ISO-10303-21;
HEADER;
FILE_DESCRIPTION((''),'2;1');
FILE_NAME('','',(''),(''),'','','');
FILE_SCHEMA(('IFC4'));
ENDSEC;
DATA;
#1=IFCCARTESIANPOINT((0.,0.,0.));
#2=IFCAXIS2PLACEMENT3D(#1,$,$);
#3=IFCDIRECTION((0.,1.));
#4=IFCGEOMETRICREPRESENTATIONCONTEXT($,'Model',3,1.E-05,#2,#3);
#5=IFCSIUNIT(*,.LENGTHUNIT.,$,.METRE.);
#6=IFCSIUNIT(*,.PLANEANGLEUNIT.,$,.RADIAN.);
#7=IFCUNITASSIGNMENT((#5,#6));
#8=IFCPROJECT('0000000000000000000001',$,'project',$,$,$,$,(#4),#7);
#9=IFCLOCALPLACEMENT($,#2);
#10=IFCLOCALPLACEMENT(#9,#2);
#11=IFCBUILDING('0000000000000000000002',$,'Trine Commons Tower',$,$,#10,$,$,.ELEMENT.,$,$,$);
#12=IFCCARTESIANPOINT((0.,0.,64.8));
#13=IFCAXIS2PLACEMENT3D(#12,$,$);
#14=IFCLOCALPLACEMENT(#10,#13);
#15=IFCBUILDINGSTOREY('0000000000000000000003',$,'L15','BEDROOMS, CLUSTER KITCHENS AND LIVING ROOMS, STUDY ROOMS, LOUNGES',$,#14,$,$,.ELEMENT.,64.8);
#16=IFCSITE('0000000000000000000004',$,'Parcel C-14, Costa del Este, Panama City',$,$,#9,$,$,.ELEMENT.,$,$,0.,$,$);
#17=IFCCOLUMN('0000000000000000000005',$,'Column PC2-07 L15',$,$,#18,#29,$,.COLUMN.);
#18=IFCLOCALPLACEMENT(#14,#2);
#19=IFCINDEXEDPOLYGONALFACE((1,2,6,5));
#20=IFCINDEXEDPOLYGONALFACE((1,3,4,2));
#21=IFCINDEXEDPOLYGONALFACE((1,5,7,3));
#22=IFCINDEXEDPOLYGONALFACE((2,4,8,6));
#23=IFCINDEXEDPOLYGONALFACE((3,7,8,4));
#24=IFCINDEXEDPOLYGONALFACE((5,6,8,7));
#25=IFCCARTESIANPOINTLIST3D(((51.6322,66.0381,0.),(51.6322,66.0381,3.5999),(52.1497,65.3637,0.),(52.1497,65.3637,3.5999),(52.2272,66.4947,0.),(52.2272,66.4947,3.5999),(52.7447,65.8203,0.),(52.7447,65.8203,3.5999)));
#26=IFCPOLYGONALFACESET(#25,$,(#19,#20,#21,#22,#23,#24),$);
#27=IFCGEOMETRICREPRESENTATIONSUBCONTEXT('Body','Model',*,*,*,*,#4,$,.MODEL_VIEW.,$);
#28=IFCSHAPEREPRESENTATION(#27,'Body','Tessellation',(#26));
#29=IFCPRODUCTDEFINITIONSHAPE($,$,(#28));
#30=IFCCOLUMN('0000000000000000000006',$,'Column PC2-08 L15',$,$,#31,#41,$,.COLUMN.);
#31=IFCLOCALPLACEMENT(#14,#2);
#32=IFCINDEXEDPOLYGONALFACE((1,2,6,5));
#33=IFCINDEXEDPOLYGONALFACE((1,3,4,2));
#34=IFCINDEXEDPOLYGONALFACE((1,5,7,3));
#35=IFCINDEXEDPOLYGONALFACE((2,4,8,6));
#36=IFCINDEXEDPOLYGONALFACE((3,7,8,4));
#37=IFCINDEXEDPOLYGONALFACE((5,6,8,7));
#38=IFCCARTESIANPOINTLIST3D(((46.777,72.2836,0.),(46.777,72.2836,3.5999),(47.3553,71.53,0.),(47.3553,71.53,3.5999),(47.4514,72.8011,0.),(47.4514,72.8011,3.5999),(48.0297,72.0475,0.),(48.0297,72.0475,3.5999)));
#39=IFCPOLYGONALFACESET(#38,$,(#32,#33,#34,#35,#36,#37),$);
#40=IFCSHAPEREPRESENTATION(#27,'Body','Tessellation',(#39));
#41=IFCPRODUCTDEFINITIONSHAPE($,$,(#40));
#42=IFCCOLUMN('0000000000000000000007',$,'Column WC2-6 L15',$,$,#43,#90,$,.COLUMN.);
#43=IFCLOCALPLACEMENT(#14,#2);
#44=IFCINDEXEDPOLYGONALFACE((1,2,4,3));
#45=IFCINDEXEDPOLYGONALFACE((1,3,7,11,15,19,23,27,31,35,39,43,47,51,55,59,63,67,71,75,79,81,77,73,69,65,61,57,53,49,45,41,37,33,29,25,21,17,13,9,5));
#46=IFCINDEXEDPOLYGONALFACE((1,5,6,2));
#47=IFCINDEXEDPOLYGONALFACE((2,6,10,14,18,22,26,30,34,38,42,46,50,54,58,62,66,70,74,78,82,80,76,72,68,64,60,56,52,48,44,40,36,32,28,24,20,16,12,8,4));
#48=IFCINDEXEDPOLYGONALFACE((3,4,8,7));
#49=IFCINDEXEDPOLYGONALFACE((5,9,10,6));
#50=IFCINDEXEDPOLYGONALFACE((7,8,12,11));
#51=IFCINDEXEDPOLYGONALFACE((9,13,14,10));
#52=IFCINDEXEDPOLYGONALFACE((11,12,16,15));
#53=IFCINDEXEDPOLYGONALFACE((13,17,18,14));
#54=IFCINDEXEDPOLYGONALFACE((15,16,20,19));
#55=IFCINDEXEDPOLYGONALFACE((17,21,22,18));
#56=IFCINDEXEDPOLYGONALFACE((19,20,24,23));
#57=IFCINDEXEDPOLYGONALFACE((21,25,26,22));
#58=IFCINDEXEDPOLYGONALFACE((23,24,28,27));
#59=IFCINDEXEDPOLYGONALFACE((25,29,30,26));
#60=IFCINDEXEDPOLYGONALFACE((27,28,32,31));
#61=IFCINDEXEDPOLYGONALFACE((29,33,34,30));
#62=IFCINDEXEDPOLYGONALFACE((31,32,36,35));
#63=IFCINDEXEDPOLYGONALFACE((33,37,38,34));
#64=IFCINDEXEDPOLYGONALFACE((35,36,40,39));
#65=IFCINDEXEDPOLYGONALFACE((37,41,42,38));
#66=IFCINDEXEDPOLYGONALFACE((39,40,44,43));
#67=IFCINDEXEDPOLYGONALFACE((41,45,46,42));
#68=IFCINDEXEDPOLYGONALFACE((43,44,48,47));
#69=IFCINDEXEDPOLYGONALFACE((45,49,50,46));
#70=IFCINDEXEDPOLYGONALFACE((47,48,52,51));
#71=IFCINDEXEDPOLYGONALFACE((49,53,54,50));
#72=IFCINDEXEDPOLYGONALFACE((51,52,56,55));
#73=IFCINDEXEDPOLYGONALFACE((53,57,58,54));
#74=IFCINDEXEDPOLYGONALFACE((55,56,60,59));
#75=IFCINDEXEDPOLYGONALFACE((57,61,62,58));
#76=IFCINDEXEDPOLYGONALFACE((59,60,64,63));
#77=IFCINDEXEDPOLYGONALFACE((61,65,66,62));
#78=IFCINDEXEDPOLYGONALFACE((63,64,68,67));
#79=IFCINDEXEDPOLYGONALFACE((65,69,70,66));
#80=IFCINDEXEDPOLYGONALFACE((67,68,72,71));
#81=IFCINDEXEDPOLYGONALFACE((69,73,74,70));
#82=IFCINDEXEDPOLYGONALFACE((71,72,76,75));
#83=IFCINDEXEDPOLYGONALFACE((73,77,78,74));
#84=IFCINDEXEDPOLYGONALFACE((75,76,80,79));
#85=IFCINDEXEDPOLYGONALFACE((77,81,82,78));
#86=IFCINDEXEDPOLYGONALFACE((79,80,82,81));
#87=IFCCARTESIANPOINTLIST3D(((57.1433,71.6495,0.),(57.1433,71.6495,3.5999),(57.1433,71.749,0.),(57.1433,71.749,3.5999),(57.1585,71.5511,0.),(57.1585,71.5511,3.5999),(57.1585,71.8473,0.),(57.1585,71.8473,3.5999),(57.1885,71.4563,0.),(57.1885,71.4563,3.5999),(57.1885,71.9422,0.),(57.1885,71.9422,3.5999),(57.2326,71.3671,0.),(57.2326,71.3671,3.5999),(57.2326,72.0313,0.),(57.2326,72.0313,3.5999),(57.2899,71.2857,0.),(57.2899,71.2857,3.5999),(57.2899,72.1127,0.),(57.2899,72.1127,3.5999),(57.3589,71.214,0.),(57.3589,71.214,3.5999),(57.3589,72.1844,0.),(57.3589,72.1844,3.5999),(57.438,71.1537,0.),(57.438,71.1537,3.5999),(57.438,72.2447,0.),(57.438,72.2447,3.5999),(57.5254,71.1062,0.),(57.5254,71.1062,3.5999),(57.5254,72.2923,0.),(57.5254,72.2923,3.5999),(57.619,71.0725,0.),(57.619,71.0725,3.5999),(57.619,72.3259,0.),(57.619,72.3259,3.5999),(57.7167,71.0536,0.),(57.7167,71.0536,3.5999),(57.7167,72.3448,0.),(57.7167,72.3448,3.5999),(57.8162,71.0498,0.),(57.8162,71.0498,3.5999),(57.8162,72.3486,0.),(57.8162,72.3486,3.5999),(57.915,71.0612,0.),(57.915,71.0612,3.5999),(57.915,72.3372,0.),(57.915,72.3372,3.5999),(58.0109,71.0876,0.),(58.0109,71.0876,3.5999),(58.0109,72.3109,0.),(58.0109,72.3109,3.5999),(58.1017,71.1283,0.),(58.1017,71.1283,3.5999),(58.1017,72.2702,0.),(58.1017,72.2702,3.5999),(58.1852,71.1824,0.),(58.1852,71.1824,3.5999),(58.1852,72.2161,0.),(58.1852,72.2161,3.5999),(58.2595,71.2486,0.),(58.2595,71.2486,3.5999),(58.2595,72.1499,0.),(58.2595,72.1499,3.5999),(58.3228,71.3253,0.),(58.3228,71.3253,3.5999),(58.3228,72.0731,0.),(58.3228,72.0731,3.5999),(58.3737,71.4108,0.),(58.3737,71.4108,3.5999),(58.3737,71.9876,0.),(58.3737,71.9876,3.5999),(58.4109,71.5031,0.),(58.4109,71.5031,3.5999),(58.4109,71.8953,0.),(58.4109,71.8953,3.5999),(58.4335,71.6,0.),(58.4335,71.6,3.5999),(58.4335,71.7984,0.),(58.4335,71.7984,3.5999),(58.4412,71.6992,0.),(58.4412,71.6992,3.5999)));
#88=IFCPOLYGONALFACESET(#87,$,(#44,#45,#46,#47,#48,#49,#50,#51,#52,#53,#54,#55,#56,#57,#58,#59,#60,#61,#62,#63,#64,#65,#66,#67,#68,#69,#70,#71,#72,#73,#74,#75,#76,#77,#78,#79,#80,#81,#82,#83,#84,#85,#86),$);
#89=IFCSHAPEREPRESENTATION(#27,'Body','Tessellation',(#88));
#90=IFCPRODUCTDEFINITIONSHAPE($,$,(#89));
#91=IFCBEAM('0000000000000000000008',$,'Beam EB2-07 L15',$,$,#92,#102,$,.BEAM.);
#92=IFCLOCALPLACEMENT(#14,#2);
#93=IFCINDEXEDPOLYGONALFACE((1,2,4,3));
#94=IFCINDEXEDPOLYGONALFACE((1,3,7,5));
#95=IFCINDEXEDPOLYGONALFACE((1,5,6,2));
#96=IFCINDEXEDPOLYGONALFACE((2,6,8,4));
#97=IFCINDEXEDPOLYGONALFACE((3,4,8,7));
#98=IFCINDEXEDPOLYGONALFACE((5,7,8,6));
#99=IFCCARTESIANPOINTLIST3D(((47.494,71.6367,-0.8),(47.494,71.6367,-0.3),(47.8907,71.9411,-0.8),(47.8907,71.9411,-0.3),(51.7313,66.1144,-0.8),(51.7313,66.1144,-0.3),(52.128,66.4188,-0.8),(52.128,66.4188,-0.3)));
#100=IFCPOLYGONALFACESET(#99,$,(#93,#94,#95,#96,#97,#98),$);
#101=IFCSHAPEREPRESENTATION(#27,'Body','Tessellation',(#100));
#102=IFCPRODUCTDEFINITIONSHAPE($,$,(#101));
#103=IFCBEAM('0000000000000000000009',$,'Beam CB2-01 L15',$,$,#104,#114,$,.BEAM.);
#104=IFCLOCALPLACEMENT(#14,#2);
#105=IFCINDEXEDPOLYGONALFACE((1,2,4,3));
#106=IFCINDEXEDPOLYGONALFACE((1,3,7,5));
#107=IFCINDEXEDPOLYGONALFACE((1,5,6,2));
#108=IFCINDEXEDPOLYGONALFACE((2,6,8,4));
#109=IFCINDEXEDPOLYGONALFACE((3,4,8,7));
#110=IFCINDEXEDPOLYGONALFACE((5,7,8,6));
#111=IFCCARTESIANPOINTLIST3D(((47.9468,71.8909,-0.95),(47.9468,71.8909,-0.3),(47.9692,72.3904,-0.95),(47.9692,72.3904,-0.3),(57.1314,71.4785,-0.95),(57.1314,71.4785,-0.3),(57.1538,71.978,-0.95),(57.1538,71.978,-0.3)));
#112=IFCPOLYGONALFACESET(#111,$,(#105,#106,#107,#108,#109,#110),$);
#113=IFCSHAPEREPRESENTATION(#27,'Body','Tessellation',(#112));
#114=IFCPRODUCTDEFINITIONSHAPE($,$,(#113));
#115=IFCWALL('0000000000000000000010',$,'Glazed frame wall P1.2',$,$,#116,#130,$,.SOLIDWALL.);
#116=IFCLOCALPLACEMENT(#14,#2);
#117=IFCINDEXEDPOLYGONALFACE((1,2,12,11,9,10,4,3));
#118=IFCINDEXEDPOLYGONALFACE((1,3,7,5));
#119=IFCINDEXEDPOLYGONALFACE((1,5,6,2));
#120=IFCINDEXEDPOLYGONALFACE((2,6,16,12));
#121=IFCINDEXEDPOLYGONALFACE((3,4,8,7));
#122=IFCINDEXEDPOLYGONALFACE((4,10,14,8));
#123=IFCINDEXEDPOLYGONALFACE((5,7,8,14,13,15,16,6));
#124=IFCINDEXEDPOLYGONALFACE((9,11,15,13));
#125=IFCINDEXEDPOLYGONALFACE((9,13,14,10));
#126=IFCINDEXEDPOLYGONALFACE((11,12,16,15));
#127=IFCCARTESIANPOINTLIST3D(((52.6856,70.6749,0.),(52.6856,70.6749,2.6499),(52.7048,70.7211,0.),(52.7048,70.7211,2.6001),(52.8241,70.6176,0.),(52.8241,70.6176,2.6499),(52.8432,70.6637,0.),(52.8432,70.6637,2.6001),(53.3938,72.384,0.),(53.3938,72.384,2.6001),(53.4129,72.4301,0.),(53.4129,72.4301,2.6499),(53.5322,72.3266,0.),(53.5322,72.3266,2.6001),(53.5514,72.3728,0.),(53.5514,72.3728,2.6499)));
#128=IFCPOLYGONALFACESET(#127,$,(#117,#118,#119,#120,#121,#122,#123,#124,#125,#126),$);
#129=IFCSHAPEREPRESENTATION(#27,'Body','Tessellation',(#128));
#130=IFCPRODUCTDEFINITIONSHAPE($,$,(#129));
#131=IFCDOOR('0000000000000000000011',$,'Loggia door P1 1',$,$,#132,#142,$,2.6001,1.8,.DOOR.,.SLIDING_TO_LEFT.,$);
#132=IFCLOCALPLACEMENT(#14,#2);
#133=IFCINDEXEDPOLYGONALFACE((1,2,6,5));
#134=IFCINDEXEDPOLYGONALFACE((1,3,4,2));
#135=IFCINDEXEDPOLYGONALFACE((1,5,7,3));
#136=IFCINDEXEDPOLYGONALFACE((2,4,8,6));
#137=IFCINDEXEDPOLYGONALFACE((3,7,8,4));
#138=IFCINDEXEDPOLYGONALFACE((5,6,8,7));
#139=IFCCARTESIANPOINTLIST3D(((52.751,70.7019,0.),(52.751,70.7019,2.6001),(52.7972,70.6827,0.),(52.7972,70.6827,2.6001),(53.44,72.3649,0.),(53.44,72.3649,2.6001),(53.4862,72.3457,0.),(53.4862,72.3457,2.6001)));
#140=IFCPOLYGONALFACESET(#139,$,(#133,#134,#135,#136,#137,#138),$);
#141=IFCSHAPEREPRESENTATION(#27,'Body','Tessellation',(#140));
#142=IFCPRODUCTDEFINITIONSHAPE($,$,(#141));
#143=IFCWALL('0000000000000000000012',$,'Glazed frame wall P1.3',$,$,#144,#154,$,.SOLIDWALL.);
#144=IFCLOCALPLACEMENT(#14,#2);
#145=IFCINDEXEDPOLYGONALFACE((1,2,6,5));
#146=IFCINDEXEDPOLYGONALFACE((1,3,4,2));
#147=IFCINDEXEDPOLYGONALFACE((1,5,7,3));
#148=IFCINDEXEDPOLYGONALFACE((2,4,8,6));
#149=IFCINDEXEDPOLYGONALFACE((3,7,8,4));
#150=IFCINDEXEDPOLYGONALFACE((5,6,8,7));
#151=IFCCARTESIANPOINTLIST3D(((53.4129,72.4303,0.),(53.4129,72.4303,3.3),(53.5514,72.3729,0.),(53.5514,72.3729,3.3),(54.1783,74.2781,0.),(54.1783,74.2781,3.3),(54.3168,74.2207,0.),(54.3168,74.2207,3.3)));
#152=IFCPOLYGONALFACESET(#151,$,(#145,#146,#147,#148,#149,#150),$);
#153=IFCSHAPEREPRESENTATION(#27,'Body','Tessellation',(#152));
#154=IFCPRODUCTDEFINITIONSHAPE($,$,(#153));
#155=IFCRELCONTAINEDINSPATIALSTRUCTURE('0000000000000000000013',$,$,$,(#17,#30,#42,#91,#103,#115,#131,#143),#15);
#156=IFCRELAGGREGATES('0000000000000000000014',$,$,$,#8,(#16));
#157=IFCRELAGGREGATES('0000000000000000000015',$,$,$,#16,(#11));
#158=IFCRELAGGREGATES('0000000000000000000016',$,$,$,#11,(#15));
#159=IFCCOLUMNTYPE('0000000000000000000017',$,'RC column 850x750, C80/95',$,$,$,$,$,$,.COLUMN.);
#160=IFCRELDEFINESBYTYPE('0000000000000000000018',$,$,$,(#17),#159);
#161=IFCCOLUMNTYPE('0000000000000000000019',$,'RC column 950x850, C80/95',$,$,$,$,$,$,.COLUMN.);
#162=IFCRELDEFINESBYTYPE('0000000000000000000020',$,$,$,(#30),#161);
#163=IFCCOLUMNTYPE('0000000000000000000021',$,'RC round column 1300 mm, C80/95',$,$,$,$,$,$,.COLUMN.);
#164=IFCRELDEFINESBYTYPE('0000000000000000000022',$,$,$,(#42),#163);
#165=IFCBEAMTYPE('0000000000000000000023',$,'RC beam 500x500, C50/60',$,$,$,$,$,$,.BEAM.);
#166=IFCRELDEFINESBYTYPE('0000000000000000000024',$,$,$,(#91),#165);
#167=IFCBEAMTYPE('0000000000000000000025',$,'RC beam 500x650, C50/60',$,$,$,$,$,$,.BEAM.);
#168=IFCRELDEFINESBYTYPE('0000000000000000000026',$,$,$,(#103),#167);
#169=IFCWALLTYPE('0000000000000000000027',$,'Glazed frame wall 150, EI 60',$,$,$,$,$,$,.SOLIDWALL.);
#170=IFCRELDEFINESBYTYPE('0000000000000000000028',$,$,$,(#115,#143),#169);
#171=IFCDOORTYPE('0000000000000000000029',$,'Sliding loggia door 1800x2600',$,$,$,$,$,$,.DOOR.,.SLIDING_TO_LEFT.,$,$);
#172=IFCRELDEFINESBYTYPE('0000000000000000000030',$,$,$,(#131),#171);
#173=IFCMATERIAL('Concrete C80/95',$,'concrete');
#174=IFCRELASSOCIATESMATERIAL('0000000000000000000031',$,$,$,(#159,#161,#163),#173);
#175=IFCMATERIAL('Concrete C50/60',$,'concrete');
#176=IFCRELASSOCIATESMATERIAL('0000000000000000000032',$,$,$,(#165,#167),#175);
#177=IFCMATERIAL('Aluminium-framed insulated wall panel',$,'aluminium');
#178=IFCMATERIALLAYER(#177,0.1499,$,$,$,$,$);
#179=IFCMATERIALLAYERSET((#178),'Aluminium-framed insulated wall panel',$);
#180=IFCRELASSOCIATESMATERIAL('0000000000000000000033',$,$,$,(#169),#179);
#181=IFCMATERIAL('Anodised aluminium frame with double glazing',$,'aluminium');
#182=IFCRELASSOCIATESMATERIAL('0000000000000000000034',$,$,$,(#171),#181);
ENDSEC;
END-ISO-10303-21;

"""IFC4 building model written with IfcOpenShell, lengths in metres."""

from ifc_helpers import new_model, si_unit, direction, frame, frame_2d, origin, origin_2d, place, context, subcontext, project, spatial, polyline, rectangle, circle, outline, extrude, material, layer, layer_set, material_profile, profile_set, type_object, element, fill, save


model = new_model("IFC4")

# Units and contexts
model_context = context("Model", 3, precision=1e-05, world=origin(), true_north=direction((0.0, 1.0)))
body_context = subcontext(model_context, "Body", "Model", "MODEL_VIEW")
ifc_project = project(units=[si_unit("LENGTHUNIT", "METRE"), si_unit("PLANEANGLEUNIT", "RADIAN")], contexts=[model_context])

# Site, building, storey
site_placement = place(None, origin())
site = spatial("IfcSite", under=ifc_project, at=site_placement, Name="Parcel C-14, Costa del Este, Panama City", CompositionType="ELEMENT", RefElevation=0.0)
building_placement = place(site_placement, origin())
building = spatial("IfcBuilding", under=site, at=building_placement, Name="Trine Commons Tower", CompositionType="ELEMENT")
storey_placement = place(building_placement, frame((0.0, 0.0, 64.8)))
storey = spatial("IfcBuildingStorey", under=building, at=storey_placement, Name="L15", Description="BEDROOMS, CLUSTER KITCHENS AND LIVING ROOMS, STUDY ROOMS, LOUNGES", CompositionType="ELEMENT", Elevation=64.8)

# Columns
ifc_material_1 = material(Name="Concrete C80/95", Category="concrete")
ifc_material_profile_1 = material_profile(ifc_material_1, rectangle(XDim=0.8501, YDim=0.75, at=origin_2d()), Name="RC 850x750")
ifc_profile_set_1 = profile_set([ifc_material_profile_1], Name="Concrete C80/95")
column_type_1 = type_object("IfcColumnType", Name="RC column 850x750, C80/95", PredefinedType="COLUMN", material=ifc_profile_set_1)
column_1_placement = place(storey_placement, frame((52.1885, 65.9292, 0.0), z_axis=(0.0, 0.0, 1.0), x_axis=(-0.608761, 0.793353, 0.0)))
element("IfcColumn", 1, at=column_1_placement, inside=storey, type_object=column_type_1, Name="Column PC2-07 L15", PredefinedType="COLUMN", context=body_context, shape_type="SweptSolid", body=[
    extrude(rectangle(XDim=0.8501, YDim=0.75, at=origin_2d()), origin(), (0.0, 0.0, 1.0), 3.5999),
])
ifc_material_profile_2 = material_profile(ifc_material_1, rectangle(XDim=0.95, YDim=0.8501, at=origin_2d()), Name="RC 950x850")
ifc_profile_set_2 = profile_set([ifc_material_profile_2], Name="Concrete C80/95")
column_type_2 = type_object("IfcColumnType", Name="RC column 950x850, C80/95", PredefinedType="COLUMN", material=ifc_profile_set_2)
column_2_placement = place(storey_placement, frame((47.4033, 72.1655, 0.0), z_axis=(0.0, 0.0, 1.0), x_axis=(-0.608761, 0.793353, 0.0)))
element("IfcColumn", 2, at=column_2_placement, inside=storey, type_object=column_type_2, Name="Column PC2-08 L15", PredefinedType="COLUMN", context=body_context, shape_type="SweptSolid", body=[
    extrude(rectangle(XDim=0.95, YDim=0.8501, at=origin_2d()), origin(), (0.0, 0.0, 1.0), 3.5999),
])
ifc_material_profile_3 = material_profile(ifc_material_1, circle(Radius=0.6499, at=origin_2d()), Name="RC round 1300")
ifc_profile_set_3 = profile_set([ifc_material_profile_3], Name="Concrete C80/95")
column_type_3 = type_object("IfcColumnType", Name="RC round column 1300 mm, C80/95", PredefinedType="COLUMN", material=ifc_profile_set_3)
column_3_placement = place(storey_placement, frame((57.7913, 71.6992, 0.0), z_axis=(0.0, 0.0, 1.0), x_axis=(1.0, 0.0, 0.0)))
element("IfcColumn", 3, at=column_3_placement, inside=storey, type_object=column_type_3, Name="Column WC2-6 L15", PredefinedType="COLUMN", context=body_context, shape_type="SweptSolid", body=[
    extrude(circle(Radius=0.6499, at=origin_2d()), origin(), (0.0, 0.0, 1.0), 3.5999),
])

# Beams
ifc_material_2 = material(Name="Concrete C50/60", Category="concrete")
ifc_material_profile_4 = material_profile(ifc_material_2, rectangle(XDim=0.5, YDim=0.5, at=origin_2d()), Name="RC 500x500")
ifc_profile_set_4 = profile_set([ifc_material_profile_4], Name="Concrete C50/60")
beam_type_1 = type_object("IfcBeamType", Name="RC beam 500x500, C50/60", PredefinedType="BEAM", material=ifc_profile_set_4)
beam_1_placement = place(storey_placement, frame((51.9297, 66.2666, -0.55), z_axis=(-0.608758, 0.793356, 0.0), x_axis=(-0.793356, -0.608758, 0.0)))
element("IfcBeam", 4, at=beam_1_placement, inside=storey, type_object=beam_type_1, Name="Beam EB2-07 L15", PredefinedType="BEAM", context=body_context, shape_type="SweptSolid", body=[
    extrude(rectangle(XDim=0.5, YDim=0.5, at=origin_2d()), origin(), (0.0, 0.0, 1.0), 6.9607),
])
ifc_material_profile_5 = material_profile(ifc_material_2, rectangle(XDim=0.5, YDim=0.6499, at=origin_2d()), Name="RC 500x650")
ifc_profile_set_5 = profile_set([ifc_material_profile_5], Name="Concrete C50/60")
beam_type_2 = type_object("IfcBeamType", Name="RC beam 500x650, C50/60", PredefinedType="BEAM", material=ifc_profile_set_5)
beam_2_placement = place(storey_placement, frame((47.958, 72.1406, -0.625), z_axis=(0.998994, -0.044851, 0.0), x_axis=(0.044851, 0.998994, 0.0)))
element("IfcBeam", 5, at=beam_2_placement, inside=storey, type_object=beam_type_2, Name="Beam CB2-01 L15", PredefinedType="BEAM", context=body_context, shape_type="SweptSolid", body=[
    extrude(rectangle(XDim=0.5, YDim=0.6499, at=origin_2d()), origin(), (0.0, 0.0, 1.0), 9.1938),
])

# Shared definitions
ifc_material_3 = material(Name="Aluminium-framed insulated wall panel", Category="aluminium")
ifc_layer_1 = layer(ifc_material_3, 0.1499)
ifc_layer_set_1 = layer_set([ifc_layer_1], Name="Aluminium-framed insulated wall panel")
wall_type_1 = type_object("IfcWallType", Name="Glazed frame wall 150, EI 60", PredefinedType="SOLIDWALL", material=ifc_layer_set_1)

# Wall, opening, door
wall_1_placement = place(storey_placement, frame((52.7549, 70.6462, 0.0), z_axis=(0.0, 0.0, 1.0), x_axis=(0.382772, 0.923843, 0.0)))
wall_1 = element("IfcWall", 6, at=wall_1_placement, inside=storey, type_object=wall_type_1, Name="Glazed frame wall P1.2", PredefinedType="SOLIDWALL", context=body_context, shape_type="SweptSolid", body=[
    extrude(outline(polyline([(0.0, -0.075), (1.8999, -0.075), (1.8999, 0.075), (0.0, 0.075), (0.0, -0.075)])), origin(), (0.0, 0.0, 1.0), 2.6499),
])
opening_1_placement = place(wall_1_placement, frame((0.05, 0.0, 0.0)))
opening_1 = element("IfcOpeningElement", 7, at=opening_1_placement, cuts=wall_1, PredefinedType="OPENING", context=body_context, shape_type="SweptSolid", body=[
    extrude(rectangle(XDim=1.8, YDim=2.6001, at=frame_2d((0.8999, 1.3))), frame((0.0, 0.085, 0.0), z_axis=(0.0, -1.0, 0.0), x_axis=(1.0, 0.0, 0.0)), (0.0, 0.0, 1.0), 0.1699),
])
ifc_material_4 = material(Name="Anodised aluminium frame with double glazing", Category="aluminium")
door_type_1 = type_object("IfcDoorType", Name="Sliding loggia door 1800x2600", OperationType="SLIDING_TO_LEFT", PredefinedType="DOOR", material=ifc_material_4)
door_1_placement = place(opening_1_placement, origin())
door_1 = element("IfcDoor", 8, at=door_1_placement, inside=storey, type_object=door_type_1, Name="Loggia door P1 1", OperationType="SLIDING_TO_LEFT", OverallHeight=2.6001, OverallWidth=1.8, PredefinedType="DOOR", context=body_context, shape_type="SweptSolid", body=[
    extrude(rectangle(XDim=1.8, YDim=2.6001, at=frame_2d((0.8999, 1.3))), frame((0.0, 0.0249, 0.0), z_axis=(0.0, -1.0, 0.0), x_axis=(1.0, 0.0, 0.0)), (0.0, 0.0, 1.0), 0.05),
])
fill(opening_1, door_1)

# Wall
wall_2_placement = place(storey_placement, frame((53.4822, 72.4016, 0.0), z_axis=(0.0, 0.0, 1.0), x_axis=(0.382664, 0.923887, 0.0)))
element("IfcWall", 9, at=wall_2_placement, inside=storey, type_object=wall_type_1, Name="Glazed frame wall P1.3", PredefinedType="SOLIDWALL", context=body_context, shape_type="SweptSolid", body=[
    extrude(outline(polyline([(0.0, -0.075), (2.0, -0.075), (2.0, 0.075), (0.0, 0.075), (0.0, -0.075)])), origin(), (0.0, 0.0, 1.0), 3.3),
])

save(model, "model.ifc")
